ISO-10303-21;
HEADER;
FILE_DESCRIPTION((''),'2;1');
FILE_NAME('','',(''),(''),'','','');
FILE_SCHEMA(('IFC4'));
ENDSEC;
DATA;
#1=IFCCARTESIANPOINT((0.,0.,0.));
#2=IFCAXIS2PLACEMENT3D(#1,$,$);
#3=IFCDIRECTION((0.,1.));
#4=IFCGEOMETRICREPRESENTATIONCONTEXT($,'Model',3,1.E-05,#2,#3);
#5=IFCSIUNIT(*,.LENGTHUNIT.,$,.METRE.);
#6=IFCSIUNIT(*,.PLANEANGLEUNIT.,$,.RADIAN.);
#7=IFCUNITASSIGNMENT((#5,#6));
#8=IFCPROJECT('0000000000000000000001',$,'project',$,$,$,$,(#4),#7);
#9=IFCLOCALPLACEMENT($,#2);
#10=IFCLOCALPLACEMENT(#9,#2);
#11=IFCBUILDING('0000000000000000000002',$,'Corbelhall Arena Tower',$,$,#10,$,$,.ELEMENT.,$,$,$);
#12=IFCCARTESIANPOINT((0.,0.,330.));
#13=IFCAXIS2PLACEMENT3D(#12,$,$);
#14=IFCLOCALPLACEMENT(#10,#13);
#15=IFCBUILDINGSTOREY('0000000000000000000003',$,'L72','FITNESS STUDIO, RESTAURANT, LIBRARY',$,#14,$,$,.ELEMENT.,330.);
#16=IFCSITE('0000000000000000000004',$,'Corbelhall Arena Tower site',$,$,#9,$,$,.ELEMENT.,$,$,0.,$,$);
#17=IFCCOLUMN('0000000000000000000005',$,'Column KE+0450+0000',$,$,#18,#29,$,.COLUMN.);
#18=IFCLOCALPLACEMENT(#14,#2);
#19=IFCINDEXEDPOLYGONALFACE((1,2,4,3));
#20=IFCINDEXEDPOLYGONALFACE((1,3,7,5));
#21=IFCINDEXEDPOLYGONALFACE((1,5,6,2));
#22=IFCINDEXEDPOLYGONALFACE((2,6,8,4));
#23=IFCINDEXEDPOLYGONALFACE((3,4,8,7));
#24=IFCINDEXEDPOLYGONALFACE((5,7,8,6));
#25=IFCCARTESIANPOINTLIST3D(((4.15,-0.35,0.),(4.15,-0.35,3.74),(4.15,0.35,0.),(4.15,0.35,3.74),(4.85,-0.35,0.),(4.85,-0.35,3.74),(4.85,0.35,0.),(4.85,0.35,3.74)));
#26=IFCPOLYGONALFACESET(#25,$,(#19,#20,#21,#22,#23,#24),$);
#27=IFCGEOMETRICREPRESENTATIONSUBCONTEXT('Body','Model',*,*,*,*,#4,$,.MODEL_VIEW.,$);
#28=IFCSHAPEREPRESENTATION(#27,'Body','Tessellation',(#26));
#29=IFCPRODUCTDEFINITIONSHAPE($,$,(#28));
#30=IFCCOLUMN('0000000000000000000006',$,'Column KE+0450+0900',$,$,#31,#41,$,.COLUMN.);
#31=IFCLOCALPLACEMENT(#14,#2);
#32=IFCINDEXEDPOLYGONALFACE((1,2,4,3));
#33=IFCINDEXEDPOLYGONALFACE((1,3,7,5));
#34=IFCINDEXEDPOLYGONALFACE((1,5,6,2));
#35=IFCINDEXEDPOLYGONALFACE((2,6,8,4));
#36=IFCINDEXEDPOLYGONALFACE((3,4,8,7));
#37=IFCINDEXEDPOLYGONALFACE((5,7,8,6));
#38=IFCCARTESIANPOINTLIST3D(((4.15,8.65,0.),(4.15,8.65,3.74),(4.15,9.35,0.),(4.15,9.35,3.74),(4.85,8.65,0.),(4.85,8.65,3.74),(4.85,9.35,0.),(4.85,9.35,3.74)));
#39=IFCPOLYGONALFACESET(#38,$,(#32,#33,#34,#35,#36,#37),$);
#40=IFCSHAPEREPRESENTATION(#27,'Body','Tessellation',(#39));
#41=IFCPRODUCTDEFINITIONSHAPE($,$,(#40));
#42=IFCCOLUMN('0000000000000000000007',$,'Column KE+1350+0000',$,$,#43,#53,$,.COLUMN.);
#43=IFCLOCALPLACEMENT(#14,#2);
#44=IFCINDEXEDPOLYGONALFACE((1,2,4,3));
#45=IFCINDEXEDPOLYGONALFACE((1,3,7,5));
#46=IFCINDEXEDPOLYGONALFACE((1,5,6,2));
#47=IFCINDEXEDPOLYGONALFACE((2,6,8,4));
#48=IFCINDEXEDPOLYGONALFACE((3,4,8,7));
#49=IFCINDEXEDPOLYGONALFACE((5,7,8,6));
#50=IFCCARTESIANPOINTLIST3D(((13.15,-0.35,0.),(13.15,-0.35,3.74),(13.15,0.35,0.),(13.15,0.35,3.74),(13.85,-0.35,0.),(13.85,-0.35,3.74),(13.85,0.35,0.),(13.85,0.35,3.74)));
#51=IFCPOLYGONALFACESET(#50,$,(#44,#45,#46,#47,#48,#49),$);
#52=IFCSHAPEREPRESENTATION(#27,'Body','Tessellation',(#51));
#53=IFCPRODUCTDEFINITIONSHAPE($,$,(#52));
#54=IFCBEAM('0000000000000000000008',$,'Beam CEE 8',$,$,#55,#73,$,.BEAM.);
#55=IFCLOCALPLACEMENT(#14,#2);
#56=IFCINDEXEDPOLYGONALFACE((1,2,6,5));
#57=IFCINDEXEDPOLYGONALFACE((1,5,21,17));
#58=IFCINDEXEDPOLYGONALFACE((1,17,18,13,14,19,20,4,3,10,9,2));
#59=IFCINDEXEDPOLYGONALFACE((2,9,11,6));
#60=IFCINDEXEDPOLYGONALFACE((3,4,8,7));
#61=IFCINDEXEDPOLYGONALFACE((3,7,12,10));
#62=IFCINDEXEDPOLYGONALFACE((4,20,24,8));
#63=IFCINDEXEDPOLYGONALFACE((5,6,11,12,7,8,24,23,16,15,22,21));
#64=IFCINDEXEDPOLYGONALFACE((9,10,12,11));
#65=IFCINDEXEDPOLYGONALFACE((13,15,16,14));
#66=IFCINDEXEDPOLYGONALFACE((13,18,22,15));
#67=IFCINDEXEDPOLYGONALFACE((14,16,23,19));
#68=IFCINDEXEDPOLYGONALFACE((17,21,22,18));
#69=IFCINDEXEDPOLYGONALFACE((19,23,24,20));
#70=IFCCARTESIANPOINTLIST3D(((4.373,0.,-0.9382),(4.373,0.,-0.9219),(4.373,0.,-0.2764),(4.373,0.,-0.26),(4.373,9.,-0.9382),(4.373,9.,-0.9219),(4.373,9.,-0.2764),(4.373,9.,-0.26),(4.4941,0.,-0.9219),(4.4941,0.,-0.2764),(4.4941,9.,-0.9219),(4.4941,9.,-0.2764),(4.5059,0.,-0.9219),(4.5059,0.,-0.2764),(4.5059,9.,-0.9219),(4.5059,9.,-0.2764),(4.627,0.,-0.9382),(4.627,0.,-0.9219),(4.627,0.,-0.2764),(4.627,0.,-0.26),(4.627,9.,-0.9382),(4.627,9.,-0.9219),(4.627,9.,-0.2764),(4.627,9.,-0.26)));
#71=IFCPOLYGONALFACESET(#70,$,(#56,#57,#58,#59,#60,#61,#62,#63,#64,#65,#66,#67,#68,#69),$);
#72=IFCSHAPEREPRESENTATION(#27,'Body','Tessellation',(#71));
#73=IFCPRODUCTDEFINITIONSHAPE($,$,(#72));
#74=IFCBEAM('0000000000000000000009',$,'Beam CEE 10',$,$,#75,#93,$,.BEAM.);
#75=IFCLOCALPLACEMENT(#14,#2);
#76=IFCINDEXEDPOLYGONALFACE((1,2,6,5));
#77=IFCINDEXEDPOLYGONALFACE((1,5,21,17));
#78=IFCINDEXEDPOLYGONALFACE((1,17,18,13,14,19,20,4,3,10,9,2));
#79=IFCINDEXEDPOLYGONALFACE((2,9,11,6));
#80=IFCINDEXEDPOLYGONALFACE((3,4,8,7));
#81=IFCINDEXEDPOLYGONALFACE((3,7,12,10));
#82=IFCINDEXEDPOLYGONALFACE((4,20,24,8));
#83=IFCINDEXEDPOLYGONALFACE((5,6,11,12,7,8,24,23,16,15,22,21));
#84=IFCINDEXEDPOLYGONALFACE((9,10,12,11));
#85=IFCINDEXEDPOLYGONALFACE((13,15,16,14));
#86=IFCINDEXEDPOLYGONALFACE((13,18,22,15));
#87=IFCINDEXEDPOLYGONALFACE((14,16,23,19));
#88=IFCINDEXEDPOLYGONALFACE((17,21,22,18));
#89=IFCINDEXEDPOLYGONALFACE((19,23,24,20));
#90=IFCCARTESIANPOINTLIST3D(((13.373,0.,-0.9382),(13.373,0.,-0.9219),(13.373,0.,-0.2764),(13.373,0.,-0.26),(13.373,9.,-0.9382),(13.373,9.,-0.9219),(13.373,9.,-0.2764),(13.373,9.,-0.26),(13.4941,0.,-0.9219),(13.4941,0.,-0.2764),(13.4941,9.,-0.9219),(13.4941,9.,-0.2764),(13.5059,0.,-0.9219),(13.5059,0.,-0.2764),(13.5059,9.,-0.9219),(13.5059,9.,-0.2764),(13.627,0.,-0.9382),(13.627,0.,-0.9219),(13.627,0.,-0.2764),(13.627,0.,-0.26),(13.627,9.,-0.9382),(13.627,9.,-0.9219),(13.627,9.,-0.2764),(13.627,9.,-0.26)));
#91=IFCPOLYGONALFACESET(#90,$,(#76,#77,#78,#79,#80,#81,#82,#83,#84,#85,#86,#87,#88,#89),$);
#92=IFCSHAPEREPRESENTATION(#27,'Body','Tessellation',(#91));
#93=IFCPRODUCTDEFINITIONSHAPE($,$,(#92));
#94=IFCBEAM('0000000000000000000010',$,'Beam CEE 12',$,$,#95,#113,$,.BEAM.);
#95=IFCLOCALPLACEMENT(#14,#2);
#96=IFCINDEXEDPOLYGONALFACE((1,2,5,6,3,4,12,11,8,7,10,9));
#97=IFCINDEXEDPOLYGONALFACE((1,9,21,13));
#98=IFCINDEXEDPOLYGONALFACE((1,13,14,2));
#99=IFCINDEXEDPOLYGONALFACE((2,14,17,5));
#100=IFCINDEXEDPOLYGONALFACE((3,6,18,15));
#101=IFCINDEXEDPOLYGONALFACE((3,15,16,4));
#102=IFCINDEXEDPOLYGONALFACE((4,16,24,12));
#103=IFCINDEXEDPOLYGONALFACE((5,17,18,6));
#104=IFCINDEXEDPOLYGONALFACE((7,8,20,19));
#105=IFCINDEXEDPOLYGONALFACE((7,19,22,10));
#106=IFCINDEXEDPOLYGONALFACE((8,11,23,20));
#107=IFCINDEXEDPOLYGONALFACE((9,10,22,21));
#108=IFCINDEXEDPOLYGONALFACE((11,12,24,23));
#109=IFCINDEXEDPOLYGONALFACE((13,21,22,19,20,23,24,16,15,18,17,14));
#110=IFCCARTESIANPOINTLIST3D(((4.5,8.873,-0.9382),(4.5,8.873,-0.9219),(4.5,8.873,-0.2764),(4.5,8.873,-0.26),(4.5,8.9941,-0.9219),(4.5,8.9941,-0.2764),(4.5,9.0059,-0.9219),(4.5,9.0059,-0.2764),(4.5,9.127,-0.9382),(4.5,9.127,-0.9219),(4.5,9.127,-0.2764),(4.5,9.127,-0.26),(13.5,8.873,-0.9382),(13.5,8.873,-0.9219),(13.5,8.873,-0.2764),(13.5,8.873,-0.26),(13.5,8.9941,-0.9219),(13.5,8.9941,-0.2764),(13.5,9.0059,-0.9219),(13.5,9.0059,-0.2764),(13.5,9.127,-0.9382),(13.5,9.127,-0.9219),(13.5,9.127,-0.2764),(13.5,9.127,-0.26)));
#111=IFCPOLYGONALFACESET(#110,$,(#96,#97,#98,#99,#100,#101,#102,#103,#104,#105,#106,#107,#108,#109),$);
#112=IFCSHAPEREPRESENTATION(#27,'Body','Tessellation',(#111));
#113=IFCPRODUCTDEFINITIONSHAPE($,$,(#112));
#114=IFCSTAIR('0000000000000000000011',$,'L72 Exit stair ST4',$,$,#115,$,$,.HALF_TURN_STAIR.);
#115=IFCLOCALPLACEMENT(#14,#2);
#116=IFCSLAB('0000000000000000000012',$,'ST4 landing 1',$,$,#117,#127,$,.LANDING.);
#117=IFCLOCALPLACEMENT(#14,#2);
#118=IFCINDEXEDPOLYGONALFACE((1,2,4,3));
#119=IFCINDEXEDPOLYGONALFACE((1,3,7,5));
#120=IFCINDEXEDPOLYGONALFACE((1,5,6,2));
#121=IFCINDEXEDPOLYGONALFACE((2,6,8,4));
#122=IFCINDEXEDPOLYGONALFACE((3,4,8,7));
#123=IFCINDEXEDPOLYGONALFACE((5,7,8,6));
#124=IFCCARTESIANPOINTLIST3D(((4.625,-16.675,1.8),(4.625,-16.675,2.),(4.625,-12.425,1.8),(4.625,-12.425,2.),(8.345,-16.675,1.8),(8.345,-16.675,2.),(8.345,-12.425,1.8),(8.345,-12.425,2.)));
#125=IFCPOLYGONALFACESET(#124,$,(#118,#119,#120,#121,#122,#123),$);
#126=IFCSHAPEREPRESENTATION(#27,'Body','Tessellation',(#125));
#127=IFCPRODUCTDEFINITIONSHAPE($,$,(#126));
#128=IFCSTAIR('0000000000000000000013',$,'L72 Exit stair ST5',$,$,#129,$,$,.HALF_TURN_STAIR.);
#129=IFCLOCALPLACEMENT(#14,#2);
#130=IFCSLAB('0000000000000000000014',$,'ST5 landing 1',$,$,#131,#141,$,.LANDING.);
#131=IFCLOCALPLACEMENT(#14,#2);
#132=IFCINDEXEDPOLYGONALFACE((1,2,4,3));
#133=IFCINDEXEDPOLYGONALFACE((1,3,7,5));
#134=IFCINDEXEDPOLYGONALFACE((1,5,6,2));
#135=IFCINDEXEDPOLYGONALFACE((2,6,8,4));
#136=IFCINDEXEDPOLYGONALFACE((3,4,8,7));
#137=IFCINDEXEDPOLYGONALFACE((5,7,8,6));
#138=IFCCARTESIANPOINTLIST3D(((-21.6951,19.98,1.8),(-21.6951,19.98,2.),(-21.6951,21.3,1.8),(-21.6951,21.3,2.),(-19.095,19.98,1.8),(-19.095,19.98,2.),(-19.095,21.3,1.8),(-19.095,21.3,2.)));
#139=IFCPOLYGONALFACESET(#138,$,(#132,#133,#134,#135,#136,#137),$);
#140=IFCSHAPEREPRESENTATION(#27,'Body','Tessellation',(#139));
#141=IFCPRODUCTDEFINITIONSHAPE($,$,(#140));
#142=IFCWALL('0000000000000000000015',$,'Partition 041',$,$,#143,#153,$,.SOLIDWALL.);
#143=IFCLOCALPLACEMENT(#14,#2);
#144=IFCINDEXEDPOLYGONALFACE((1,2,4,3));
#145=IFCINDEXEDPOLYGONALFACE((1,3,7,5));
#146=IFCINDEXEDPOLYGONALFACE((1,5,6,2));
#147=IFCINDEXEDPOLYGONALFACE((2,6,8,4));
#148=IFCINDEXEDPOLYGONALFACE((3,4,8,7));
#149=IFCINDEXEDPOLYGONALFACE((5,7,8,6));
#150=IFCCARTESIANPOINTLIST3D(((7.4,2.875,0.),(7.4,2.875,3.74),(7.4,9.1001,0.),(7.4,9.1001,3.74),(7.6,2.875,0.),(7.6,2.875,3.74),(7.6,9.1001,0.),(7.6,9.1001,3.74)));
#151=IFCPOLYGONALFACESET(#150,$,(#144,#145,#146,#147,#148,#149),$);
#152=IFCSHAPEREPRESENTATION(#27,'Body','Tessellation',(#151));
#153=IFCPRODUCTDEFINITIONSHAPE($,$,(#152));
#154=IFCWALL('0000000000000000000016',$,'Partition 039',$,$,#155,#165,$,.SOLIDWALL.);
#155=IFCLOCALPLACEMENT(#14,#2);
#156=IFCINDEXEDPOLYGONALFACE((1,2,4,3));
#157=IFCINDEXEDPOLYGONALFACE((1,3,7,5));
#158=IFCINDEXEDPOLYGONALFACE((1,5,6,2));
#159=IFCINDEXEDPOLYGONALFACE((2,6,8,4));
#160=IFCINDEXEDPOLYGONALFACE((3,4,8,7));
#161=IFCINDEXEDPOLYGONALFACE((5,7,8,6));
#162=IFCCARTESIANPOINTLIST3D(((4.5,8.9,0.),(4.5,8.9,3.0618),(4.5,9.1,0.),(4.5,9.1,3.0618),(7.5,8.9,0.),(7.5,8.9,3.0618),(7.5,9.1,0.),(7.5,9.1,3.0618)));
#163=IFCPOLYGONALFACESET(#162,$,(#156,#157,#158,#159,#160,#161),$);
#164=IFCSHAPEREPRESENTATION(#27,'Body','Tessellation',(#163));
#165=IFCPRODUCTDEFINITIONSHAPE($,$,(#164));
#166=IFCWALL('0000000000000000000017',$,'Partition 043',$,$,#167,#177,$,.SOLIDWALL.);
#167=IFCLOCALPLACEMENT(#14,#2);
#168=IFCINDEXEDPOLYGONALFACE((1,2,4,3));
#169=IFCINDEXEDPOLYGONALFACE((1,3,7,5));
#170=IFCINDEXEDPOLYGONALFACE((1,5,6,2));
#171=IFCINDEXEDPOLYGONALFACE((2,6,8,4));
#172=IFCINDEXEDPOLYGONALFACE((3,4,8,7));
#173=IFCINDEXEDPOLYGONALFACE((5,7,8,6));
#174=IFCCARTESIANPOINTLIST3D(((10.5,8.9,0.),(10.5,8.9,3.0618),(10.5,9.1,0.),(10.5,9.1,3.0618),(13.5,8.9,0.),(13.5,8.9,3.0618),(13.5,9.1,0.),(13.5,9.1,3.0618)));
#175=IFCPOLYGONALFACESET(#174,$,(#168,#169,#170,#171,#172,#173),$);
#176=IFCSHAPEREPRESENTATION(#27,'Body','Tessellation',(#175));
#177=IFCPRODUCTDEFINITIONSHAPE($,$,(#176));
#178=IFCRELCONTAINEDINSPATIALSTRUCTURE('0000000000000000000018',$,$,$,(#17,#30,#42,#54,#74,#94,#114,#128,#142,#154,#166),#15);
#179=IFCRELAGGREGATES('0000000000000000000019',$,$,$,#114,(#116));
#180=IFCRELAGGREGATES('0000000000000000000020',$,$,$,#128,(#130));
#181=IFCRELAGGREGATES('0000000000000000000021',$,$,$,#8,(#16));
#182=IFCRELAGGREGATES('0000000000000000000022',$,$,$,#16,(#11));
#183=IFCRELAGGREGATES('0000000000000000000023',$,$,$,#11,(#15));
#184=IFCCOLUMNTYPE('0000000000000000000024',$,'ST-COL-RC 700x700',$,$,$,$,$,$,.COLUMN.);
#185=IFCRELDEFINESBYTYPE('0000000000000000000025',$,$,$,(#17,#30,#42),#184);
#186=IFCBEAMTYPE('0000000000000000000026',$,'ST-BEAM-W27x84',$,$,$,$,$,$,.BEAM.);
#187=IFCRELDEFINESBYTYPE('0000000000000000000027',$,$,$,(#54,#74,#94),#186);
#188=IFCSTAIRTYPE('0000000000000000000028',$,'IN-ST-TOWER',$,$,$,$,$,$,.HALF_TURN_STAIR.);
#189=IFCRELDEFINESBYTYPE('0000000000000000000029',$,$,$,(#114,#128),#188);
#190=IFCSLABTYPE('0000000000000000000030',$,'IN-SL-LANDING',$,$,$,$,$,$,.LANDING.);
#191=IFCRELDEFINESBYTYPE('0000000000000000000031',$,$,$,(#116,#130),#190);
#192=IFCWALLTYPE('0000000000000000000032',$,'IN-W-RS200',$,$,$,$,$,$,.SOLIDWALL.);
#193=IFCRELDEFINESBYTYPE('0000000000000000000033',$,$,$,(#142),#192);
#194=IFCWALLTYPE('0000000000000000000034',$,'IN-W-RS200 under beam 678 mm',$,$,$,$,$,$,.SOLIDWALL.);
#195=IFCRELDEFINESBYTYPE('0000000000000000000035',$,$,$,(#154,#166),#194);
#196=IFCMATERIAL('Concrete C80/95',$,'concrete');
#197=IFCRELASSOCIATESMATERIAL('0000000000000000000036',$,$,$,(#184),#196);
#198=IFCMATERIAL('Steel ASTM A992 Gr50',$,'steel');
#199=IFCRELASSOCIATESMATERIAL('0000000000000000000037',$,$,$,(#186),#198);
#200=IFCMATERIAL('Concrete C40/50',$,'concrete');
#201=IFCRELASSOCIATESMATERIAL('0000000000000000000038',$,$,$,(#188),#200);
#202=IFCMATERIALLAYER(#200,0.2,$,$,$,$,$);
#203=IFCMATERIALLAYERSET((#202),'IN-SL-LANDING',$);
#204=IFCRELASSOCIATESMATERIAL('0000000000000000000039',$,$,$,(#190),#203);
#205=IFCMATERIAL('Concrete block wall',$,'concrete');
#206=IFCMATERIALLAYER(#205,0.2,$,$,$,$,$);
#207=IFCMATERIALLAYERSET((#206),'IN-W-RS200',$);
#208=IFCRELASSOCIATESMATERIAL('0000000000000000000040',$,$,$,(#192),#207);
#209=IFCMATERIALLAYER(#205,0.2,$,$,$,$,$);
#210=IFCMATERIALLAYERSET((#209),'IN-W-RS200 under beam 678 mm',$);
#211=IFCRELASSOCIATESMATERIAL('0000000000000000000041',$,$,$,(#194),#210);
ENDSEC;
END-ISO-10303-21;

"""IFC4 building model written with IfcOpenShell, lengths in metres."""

from ifc_helpers import new_model, si_unit, direction, frame, frame_2d, origin, origin_2d, place, context, subcontext, project, spatial, polyline, rectangle, i_section, outline, extrude, material, layer, layer_set, material_profile, profile_set, type_object, element, aggregate, save


model = new_model("IFC4")

# Units and contexts
model_context = context("Model", 3, precision=1e-05, world=origin(), true_north=direction((0.0, 1.0)))
body_context = subcontext(model_context, "Body", "Model", "MODEL_VIEW")
ifc_project = project(units=[si_unit("LENGTHUNIT", "METRE"), si_unit("PLANEANGLEUNIT", "RADIAN")], contexts=[model_context])

# Site, building, storey
site_placement = place(None, origin())
site = spatial("IfcSite", under=ifc_project, at=site_placement, Name="Corbelhall Arena Tower site", CompositionType="ELEMENT", RefElevation=0.0)
building_placement = place(site_placement, origin())
building = spatial("IfcBuilding", under=site, at=building_placement, Name="Corbelhall Arena Tower", CompositionType="ELEMENT")
storey_placement = place(building_placement, frame((0.0, 0.0, 330.0)))
storey = spatial("IfcBuildingStorey", under=building, at=storey_placement, Name="L72", Description="FITNESS STUDIO, RESTAURANT, LIBRARY", CompositionType="ELEMENT", Elevation=330.0)

# Columns
ifc_material_1 = material(Name="Concrete C80/95", Category="concrete")
ifc_material_profile_1 = material_profile(ifc_material_1, rectangle(XDim=0.7, YDim=0.7, at=origin_2d()))
ifc_profile_set_1 = profile_set([ifc_material_profile_1], Name="Concrete C80/95")
column_type = type_object("IfcColumnType", Name="ST-COL-RC 700x700", PredefinedType="COLUMN", material=ifc_profile_set_1)
for number, where, z_axis, x_axis, name in (
    (1, (4.5, 0.0, 0.0), (0.0, 0.0, 1.0), (1.0, 0.0, 0.0), "Column KE+0450+0000"),
    (2, (4.5, 9.0, 0.0), (0.0, 0.0, 1.0), (1.0, 0.0, 0.0), "Column KE+0450+0900"),
    (3, (13.5, 0.0, 0.0), (0.0, 0.0, 1.0), (1.0, 0.0, 0.0), "Column KE+1350+0000"),
):
    element("IfcColumn", number, at=place(storey_placement, frame(where, z_axis=z_axis, x_axis=x_axis)), inside=storey, type_object=column_type, Name=name, PredefinedType="COLUMN", context=body_context, shape_type="SweptSolid", body=[
        extrude(rectangle(XDim=0.7, YDim=0.7, at=origin_2d()), origin(), (0.0, 0.0, 1.0), 3.74),
    ])

# Beams
ifc_material_2 = material(Name="Steel ASTM A992 Gr50", Category="steel")
ifc_material_profile_2 = material_profile(ifc_material_2, i_section(OverallWidth=0.2539, OverallDepth=0.6782, WebThickness=0.0117, FlangeThickness=0.0164, at=origin_2d()))
ifc_profile_set_2 = profile_set([ifc_material_profile_2], Name="Steel ASTM A992 Gr50")
beam_type = type_object("IfcBeamType", Name="ST-BEAM-W27x84", PredefinedType="BEAM", material=ifc_profile_set_2)
for number, where, z_axis, x_axis, name in (
    (4, (4.5, 0.0, -0.5991), (0.0, 1.0, 0.0), (-1.0, 0.0, 0.0), "Beam CEE 8"),
    (5, (13.5, 0.0, -0.5991), (0.0, 1.0, 0.0), (-1.0, 0.0, 0.0), "Beam CEE 10"),
    (6, (4.5, 9.0, -0.5991), (1.0, 0.0, 0.0), (0.0, 1.0, 0.0), "Beam CEE 12"),
):
    element("IfcBeam", number, at=place(storey_placement, frame(where, z_axis=z_axis, x_axis=x_axis)), inside=storey, type_object=beam_type, Name=name, PredefinedType="BEAM", context=body_context, shape_type="SweptSolid", body=[
        extrude(i_section(OverallWidth=0.2539, OverallDepth=0.6782, WebThickness=0.0117, FlangeThickness=0.0164, at=origin_2d()), origin(), (0.0, 0.0, 1.0), 9.0),
    ])

# Stairs, slabs
ifc_material_3 = material(Name="Concrete C40/50", Category="concrete")
stair_type = type_object("IfcStairType", Name="IN-ST-TOWER", PredefinedType="HALF_TURN_STAIR", material=ifc_material_3)
stair_1_placement = place(storey_placement, origin())
stair_1 = element("IfcStair", 7, at=stair_1_placement, inside=storey, type_object=stair_type, Name="L72 Exit stair ST4", PredefinedType="HALF_TURN_STAIR")
ifc_layer_1 = layer(ifc_material_3, 0.2)
ifc_layer_set_1 = layer_set([ifc_layer_1], Name="IN-SL-LANDING")
slab_type = type_object("IfcSlabType", Name="IN-SL-LANDING", PredefinedType="LANDING", material=ifc_layer_set_1)
slab_1_placement = place(storey_placement, frame((0.0, 0.0, 1.8)))
slab_1 = element("IfcSlab", 8, at=slab_1_placement, type_object=slab_type, Name="ST4 landing 1", PredefinedType="LANDING", context=body_context, shape_type="SweptSolid", body=[
    extrude(outline(polyline([(8.345, -12.425), (4.625, -12.425), (4.625, -16.675), (8.345, -16.675), (8.345, -12.425)])), origin(), (0.0, 0.0, 1.0), 0.2),
])
aggregate(stair_1, [slab_1])
stair_2_placement = place(storey_placement, origin())
stair_2 = element("IfcStair", 9, at=stair_2_placement, inside=storey, type_object=stair_type, Name="L72 Exit stair ST5", PredefinedType="HALF_TURN_STAIR")
slab_2_placement = place(storey_placement, frame((0.0, 0.0, 1.8)))
slab_2 = element("IfcSlab", 10, at=slab_2_placement, type_object=slab_type, Name="ST5 landing 1", PredefinedType="LANDING", context=body_context, shape_type="SweptSolid", body=[
    extrude(outline(polyline([(-19.095, 19.98), (-19.095, 21.3), (-21.6951, 21.3), (-21.6951, 19.98), (-19.095, 19.98)])), origin(), (0.0, 0.0, 1.0), 0.2),
])
aggregate(stair_2, [slab_2])

# Wall
ifc_material_4 = material(Name="Concrete block wall", Category="concrete")
ifc_layer_2 = layer(ifc_material_4, 0.2)
ifc_layer_set_2 = layer_set([ifc_layer_2], Name="IN-W-RS200")
wall_type_1 = type_object("IfcWallType", Name="IN-W-RS200", PredefinedType="SOLIDWALL", material=ifc_layer_set_2)
wall_1_placement = place(storey_placement, frame((7.5, 9.1001, 0.0), z_axis=(0.0, 0.0, 1.0), x_axis=(0.0, -1.0, 0.0)))
element("IfcWall", 11, at=wall_1_placement, inside=storey, type_object=wall_type_1, Name="Partition 041", PredefinedType="SOLIDWALL", context=body_context, shape_type="SweptSolid", body=[
    extrude(rectangle(XDim=6.2251, YDim=0.2, at=frame_2d((3.1125, 0.0))), origin(), (0.0, 0.0, 1.0), 3.74),
])

# Walls
ifc_layer_3 = layer(ifc_material_4, 0.2)
ifc_layer_set_3 = layer_set([ifc_layer_3], Name="IN-W-RS200 under beam 678 mm")
wall_type_2 = type_object("IfcWallType", Name="IN-W-RS200 under beam 678 mm", PredefinedType="SOLIDWALL", material=ifc_layer_set_3)
for number, where, z_axis, x_axis, name in (
    (12, (4.5, 9.0, 0.0), (0.0, 0.0, 1.0), (1.0, 0.0, 0.0), "Partition 039"),
    (13, (10.5, 9.0, 0.0), (0.0, 0.0, 1.0), (1.0, 0.0, 0.0), "Partition 043"),
):
    element("IfcWall", number, at=place(storey_placement, frame(where, z_axis=z_axis, x_axis=x_axis)), inside=storey, type_object=wall_type_2, Name=name, PredefinedType="SOLIDWALL", context=body_context, shape_type="SweptSolid", body=[
        extrude(rectangle(XDim=3.0, YDim=0.2, at=frame_2d((1.5, 0.0))), origin(), (0.0, 0.0, 1.0), 3.0618),
    ])

save(model, "model.ifc")
